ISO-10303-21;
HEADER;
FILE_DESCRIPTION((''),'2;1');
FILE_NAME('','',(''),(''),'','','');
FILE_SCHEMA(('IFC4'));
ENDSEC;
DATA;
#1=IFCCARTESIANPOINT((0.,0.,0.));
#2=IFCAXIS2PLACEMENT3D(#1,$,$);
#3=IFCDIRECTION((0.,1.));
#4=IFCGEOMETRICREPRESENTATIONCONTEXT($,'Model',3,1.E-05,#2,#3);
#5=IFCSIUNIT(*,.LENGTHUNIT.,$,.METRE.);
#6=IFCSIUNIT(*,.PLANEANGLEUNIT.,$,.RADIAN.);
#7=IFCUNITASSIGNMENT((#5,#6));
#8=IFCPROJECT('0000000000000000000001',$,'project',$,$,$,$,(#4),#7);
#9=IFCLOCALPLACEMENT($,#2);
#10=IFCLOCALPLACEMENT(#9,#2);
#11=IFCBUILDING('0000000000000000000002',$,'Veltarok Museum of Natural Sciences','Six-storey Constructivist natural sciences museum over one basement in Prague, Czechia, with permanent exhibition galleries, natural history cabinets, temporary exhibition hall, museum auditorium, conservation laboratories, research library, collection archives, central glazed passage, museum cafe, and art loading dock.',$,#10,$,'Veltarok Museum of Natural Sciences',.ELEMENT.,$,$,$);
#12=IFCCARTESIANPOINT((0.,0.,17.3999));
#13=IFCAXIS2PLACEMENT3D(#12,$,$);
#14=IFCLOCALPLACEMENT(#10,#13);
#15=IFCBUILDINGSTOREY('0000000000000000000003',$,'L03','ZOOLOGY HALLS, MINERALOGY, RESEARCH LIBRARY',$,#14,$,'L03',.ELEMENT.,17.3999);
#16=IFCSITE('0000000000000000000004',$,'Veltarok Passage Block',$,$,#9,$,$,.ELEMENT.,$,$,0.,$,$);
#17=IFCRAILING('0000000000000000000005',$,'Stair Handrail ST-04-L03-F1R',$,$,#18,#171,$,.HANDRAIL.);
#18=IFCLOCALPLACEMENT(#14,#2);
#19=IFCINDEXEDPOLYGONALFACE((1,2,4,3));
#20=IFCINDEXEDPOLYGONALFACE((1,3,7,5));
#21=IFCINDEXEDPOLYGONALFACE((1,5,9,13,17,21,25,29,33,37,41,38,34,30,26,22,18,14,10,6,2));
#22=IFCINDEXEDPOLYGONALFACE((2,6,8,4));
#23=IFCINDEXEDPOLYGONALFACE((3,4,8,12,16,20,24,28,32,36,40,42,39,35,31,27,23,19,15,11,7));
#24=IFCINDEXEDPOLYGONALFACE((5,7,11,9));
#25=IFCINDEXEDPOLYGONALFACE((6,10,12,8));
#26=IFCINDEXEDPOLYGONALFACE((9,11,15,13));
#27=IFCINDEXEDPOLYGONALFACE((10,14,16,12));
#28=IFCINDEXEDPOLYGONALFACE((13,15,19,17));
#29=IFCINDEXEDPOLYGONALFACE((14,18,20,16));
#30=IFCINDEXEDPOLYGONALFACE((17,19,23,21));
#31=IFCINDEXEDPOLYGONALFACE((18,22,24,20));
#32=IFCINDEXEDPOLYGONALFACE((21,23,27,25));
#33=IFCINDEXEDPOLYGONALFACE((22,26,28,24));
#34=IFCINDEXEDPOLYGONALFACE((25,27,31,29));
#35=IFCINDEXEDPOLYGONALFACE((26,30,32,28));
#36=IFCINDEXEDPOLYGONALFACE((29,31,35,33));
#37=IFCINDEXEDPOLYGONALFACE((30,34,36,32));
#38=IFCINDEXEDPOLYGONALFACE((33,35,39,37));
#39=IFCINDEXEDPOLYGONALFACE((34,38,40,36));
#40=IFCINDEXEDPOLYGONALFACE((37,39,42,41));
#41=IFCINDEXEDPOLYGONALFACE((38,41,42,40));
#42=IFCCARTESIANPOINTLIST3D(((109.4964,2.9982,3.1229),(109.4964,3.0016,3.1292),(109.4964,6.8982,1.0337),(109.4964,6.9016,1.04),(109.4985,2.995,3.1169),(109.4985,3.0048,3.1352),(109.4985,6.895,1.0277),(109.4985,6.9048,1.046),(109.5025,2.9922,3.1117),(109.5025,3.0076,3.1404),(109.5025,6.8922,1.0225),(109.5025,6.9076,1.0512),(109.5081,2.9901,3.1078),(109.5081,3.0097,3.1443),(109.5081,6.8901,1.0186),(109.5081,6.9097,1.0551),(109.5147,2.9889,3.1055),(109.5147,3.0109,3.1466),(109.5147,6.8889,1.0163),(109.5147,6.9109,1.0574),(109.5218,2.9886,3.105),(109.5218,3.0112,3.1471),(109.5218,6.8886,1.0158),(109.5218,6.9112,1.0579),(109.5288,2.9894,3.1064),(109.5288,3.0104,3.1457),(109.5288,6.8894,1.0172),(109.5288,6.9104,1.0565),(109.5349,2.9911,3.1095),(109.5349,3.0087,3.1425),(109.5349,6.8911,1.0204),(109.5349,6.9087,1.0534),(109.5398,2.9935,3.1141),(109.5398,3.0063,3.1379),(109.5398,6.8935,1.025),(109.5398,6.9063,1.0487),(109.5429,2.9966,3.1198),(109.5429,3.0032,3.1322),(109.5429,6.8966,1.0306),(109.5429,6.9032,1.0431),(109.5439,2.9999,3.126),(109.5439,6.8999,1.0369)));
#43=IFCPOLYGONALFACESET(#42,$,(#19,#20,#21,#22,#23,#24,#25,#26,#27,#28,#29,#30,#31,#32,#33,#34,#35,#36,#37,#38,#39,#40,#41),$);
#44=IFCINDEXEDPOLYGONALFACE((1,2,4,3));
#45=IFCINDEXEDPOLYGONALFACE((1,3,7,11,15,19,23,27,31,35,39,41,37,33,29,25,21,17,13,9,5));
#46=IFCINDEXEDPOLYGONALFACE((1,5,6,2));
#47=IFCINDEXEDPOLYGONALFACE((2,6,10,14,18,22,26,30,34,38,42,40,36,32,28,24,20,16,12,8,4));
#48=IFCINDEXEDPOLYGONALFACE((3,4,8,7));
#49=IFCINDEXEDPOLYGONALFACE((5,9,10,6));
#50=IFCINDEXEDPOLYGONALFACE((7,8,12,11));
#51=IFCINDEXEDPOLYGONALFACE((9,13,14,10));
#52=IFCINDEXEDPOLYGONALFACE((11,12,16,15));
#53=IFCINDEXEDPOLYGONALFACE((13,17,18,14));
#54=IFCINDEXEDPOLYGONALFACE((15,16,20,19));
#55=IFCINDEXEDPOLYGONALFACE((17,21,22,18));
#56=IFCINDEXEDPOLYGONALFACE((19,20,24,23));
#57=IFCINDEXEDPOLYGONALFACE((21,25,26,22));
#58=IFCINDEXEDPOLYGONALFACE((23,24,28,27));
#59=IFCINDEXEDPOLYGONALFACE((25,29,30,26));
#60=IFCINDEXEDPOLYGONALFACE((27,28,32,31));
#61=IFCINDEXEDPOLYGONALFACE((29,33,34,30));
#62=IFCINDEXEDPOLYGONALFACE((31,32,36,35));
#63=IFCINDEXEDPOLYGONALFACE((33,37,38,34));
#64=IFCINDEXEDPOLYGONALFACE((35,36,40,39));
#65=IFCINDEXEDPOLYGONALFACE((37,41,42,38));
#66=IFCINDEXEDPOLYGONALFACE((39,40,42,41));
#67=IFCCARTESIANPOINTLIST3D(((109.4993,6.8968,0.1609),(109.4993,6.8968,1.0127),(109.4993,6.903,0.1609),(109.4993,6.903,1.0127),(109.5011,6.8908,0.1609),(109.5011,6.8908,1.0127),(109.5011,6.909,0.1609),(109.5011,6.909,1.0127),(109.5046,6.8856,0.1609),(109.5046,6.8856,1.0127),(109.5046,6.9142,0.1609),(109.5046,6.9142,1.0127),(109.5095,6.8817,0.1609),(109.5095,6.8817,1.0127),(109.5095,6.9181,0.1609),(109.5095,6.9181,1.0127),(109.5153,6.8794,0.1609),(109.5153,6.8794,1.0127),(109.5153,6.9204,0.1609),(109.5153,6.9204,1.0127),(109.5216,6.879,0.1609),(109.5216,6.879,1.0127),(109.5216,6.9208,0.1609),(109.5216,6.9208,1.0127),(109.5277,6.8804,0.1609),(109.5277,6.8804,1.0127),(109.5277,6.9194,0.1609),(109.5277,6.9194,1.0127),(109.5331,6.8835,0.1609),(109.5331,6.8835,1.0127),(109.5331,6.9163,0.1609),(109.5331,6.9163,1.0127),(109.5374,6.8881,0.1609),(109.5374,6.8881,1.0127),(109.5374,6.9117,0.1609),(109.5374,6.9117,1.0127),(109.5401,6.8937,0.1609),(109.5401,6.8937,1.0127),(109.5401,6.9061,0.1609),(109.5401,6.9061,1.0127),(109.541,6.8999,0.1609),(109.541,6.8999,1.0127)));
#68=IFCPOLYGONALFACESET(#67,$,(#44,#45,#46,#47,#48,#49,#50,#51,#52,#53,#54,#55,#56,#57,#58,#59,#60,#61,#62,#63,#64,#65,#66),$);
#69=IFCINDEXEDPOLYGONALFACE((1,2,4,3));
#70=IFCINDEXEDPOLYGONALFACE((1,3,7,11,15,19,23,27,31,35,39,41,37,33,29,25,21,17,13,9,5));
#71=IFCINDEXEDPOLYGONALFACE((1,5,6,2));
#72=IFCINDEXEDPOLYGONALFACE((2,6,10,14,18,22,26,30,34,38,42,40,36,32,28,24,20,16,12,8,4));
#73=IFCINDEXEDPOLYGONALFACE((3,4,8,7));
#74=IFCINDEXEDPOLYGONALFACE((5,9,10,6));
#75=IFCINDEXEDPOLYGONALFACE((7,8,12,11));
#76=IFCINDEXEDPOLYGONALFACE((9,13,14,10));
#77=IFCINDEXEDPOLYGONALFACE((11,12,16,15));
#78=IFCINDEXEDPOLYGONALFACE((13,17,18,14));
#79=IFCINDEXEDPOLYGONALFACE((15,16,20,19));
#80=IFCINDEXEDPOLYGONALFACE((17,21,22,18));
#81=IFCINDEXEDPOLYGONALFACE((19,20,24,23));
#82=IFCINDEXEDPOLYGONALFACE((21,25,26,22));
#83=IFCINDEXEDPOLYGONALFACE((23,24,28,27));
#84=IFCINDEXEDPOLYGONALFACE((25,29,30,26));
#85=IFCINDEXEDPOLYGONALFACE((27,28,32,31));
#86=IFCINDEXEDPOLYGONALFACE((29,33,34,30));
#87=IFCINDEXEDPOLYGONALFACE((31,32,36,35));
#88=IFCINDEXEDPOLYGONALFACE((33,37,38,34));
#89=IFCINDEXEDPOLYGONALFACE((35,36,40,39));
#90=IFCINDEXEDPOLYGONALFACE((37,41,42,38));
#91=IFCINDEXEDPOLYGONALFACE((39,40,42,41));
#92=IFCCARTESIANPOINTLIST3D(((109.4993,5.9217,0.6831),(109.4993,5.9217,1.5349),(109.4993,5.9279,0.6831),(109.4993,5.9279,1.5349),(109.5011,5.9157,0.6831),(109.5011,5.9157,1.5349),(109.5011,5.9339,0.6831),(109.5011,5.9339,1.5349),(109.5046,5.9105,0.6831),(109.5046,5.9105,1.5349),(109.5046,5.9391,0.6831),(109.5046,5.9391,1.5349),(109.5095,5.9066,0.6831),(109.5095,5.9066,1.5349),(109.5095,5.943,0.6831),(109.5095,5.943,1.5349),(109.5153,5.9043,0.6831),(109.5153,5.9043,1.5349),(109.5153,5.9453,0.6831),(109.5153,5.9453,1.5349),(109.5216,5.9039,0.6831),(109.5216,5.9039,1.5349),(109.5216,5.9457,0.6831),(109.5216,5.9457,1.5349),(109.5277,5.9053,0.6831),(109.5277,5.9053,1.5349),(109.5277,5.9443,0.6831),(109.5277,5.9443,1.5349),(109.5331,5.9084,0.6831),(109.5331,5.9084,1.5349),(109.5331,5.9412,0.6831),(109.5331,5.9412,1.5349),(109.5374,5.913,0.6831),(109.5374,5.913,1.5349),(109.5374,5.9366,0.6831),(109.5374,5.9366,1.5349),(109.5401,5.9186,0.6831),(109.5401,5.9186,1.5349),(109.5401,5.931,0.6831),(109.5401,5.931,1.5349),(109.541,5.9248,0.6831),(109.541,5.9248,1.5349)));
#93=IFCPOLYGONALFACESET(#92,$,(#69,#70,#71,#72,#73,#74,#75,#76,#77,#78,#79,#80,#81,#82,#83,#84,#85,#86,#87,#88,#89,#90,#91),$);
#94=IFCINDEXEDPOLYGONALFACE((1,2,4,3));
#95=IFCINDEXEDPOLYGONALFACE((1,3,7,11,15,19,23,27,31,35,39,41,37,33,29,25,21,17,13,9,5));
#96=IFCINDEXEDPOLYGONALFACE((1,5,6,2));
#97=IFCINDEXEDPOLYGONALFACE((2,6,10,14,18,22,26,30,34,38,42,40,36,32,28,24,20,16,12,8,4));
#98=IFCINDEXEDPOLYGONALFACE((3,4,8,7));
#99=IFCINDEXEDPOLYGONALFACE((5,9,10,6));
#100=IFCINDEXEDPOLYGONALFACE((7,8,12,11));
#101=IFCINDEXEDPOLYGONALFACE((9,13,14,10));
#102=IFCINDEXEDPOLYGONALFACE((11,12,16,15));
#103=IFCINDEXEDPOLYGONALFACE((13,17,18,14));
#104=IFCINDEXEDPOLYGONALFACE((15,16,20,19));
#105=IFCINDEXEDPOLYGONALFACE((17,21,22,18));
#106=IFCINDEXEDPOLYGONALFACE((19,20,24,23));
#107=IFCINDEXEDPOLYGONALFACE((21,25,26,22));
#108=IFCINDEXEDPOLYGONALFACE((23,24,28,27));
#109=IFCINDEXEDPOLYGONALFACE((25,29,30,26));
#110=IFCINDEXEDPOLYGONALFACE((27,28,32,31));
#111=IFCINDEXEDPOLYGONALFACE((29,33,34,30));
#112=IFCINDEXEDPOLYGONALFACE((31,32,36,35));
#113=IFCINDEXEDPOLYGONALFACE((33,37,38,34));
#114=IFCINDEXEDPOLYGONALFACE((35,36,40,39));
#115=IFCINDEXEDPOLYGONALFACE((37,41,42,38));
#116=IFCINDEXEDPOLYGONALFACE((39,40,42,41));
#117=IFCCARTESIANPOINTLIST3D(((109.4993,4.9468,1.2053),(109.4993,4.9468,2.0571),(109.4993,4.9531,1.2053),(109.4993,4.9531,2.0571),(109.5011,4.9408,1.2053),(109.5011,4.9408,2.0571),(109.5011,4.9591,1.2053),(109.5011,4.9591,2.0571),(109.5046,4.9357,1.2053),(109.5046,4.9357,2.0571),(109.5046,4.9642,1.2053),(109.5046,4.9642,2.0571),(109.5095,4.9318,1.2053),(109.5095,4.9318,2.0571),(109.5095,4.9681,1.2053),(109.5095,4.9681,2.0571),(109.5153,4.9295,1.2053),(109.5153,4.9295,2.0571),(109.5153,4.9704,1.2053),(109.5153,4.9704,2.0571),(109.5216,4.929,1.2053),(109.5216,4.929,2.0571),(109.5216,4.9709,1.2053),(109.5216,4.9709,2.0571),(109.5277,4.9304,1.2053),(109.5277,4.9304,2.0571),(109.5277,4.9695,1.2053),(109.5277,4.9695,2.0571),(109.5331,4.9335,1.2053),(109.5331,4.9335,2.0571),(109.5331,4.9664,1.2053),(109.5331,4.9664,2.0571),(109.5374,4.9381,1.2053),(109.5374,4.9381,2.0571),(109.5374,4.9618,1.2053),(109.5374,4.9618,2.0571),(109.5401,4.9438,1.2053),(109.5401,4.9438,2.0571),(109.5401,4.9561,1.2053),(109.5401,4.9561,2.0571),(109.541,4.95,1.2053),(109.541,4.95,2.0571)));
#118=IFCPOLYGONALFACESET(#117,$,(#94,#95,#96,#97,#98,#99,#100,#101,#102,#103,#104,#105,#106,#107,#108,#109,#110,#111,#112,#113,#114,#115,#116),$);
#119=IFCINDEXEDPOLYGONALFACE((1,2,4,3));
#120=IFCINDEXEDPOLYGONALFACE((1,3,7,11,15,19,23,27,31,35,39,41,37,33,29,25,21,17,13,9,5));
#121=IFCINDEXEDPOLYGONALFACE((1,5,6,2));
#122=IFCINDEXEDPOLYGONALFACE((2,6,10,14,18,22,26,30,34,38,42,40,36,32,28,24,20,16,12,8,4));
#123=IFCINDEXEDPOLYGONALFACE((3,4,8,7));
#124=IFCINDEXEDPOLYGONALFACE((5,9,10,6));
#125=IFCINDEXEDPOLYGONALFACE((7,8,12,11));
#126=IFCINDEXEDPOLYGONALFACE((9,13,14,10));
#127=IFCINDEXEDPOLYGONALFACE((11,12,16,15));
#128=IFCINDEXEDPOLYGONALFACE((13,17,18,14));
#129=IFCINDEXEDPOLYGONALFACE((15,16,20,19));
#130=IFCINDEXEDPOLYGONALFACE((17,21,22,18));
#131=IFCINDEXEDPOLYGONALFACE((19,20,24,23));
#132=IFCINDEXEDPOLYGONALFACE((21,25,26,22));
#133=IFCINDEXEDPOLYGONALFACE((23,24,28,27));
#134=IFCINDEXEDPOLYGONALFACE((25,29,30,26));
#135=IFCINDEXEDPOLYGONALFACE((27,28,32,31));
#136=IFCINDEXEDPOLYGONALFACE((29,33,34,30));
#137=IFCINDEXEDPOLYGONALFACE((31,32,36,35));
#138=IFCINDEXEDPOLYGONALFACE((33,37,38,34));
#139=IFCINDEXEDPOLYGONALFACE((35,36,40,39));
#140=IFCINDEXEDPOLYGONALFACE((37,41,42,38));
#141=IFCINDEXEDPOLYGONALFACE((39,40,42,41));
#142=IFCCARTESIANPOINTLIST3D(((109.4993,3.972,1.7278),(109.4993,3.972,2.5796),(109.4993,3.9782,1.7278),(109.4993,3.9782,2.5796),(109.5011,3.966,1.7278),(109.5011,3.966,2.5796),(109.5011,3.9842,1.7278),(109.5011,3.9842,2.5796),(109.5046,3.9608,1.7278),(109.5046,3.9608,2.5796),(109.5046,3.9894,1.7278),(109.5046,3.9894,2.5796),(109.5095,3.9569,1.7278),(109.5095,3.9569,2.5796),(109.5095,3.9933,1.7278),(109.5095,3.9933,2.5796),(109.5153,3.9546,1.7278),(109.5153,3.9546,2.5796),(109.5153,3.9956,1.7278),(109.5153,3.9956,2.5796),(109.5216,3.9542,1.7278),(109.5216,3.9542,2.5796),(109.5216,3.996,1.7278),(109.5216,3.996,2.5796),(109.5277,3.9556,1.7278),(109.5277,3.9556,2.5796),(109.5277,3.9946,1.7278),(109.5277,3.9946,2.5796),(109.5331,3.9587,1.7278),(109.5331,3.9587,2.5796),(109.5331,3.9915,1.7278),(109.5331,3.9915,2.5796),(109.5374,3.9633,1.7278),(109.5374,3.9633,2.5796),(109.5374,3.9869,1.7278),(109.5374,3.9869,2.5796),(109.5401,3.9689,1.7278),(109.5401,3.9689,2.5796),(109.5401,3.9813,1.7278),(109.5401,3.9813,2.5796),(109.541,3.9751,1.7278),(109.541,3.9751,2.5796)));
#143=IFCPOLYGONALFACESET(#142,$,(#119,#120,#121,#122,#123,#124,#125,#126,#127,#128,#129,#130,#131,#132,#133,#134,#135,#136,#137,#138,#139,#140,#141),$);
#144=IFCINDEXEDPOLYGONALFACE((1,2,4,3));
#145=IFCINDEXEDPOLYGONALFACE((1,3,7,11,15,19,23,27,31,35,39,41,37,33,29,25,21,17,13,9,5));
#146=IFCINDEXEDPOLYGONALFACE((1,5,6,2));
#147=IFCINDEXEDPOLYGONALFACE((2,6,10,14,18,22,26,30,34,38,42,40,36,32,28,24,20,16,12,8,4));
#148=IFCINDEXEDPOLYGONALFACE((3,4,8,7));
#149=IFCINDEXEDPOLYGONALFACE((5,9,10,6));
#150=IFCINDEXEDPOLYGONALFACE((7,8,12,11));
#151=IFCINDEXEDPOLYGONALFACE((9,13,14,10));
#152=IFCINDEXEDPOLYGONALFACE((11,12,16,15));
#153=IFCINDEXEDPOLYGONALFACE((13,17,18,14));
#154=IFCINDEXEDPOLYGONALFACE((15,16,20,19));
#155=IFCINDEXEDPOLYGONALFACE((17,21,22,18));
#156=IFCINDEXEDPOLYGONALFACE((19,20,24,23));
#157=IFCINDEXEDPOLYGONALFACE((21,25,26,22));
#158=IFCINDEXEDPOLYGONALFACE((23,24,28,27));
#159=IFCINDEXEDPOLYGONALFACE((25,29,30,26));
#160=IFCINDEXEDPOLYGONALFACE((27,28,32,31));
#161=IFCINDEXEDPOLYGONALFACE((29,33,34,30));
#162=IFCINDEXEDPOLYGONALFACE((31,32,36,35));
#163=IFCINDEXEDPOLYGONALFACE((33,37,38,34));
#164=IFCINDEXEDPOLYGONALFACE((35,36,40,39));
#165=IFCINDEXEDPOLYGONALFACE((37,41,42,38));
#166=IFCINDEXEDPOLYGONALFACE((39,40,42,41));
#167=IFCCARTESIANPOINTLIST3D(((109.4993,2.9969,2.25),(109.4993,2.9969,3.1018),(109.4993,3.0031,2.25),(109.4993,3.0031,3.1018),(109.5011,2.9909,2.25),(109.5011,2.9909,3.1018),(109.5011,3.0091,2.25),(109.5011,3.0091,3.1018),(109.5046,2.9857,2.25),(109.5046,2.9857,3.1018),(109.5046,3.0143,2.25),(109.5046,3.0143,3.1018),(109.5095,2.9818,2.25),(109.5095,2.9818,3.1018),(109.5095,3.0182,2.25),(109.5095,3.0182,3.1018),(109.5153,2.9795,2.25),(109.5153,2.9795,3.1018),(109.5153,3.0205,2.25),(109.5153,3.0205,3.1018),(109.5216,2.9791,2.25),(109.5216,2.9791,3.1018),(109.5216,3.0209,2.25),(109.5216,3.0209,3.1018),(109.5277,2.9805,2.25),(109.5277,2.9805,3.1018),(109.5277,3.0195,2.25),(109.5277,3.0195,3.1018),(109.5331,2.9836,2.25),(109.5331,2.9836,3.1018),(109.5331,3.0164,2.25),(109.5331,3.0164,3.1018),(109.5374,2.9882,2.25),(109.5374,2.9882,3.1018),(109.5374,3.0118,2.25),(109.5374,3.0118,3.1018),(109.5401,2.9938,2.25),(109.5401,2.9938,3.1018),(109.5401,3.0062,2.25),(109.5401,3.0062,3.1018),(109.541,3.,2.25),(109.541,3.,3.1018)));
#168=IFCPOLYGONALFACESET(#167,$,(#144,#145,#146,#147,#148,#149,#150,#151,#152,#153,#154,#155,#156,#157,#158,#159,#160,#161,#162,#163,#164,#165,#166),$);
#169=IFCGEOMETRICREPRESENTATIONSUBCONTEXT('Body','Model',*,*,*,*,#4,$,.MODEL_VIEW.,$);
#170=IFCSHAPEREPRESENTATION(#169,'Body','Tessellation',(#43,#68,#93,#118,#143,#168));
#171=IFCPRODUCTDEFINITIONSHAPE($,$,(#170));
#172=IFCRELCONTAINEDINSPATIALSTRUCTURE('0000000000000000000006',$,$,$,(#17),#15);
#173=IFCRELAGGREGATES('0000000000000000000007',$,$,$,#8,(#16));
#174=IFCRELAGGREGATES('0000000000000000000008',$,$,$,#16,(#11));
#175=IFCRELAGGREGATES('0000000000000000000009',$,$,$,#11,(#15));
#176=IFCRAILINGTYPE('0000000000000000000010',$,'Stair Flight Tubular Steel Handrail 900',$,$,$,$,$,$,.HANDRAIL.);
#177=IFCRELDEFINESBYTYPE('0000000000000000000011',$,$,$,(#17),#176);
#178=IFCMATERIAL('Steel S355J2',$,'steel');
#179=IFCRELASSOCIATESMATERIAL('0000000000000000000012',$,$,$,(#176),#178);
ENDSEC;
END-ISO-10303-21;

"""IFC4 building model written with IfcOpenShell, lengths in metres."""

from ifc_helpers import new_model, si_unit, direction, frame, origin, origin_2d, place, context, subcontext, project, spatial, circle, extrude, material, type_object, element, save


model = new_model("IFC4")

# Units and contexts
model_context = context("Model", 3, precision=1e-05, world=origin(), true_north=direction((0.0, 1.0)))
body_context = subcontext(model_context, "Body", "Model", "MODEL_VIEW")
ifc_project = project(units=[si_unit("LENGTHUNIT", "METRE"), si_unit("PLANEANGLEUNIT", "RADIAN")], contexts=[model_context])

# Site, building, storey
site_placement = place(None, origin())
site = spatial("IfcSite", under=ifc_project, at=site_placement, Name="Veltarok Passage Block", CompositionType="ELEMENT", RefElevation=0.0)
building_placement = place(site_placement, origin())
building = spatial("IfcBuilding", under=site, at=building_placement, Name="Veltarok Museum of Natural Sciences", Description="Six-storey Constructivist natural sciences museum over one basement in Prague, Czechia, with permanent exhibition galleries, natural history cabinets, temporary exhibition hall, museum auditorium, conservation laboratories, research library, collection archives, central glazed passage, museum cafe, and art loading dock.", LongName="Veltarok Museum of Natural Sciences", CompositionType="ELEMENT")
storey_placement = place(building_placement, frame((0.0, 0.0, 17.3999)))
storey = spatial("IfcBuildingStorey", under=building, at=storey_placement, Name="L03", Description="ZOOLOGY HALLS, MINERALOGY, RESEARCH LIBRARY", LongName="L03", CompositionType="ELEMENT", Elevation=17.3999)

# Shared definitions
ifc_material_1 = material(Name="Steel S355J2", Category="steel")

# Railing
railing_type_1 = type_object("IfcRailingType", Name="Stair Flight Tubular Steel Handrail 900", PredefinedType="HANDRAIL", material=ifc_material_1)
for number, where, name in (
    (1, (109.52, 6.8999, 0.1609), "Stair Handrail ST-04-L03-F1R"),
):
    element("IfcRailing", number, at=place(storey_placement, frame(where)), inside=storey, type_object=railing_type_1, Name=name, PredefinedType="HANDRAIL", context=body_context, shape_type="SweptSolid", body=[
        extrude(circle(Radius=0.0239, at=origin_2d()), frame((0.0, 0.0, 0.876), z_axis=(0.0, -0.881491, 0.4722), x_axis=(1.0, 0.0, 0.0)), (0.0, 0.0, 1.0), 4.4243),
        extrude(circle(Radius=0.021, at=origin_2d()), origin(), (0.0, 0.0, 1.0), 0.8518),
        extrude(circle(Radius=0.021, at=origin_2d()), frame((0.0, -0.9751, 0.5222)), (0.0, 0.0, 1.0), 0.8518),
        extrude(circle(Radius=0.021, at=origin_2d()), frame((0.0, -1.95, 1.0444)), (0.0, 0.0, 1.0), 0.8518),
        extrude(circle(Radius=0.021, at=origin_2d()), frame((0.0, -2.9248, 1.5669)), (0.0, 0.0, 1.0), 0.8518),
        extrude(circle(Radius=0.021, at=origin_2d()), frame((0.0, -3.8999, 2.0891)), (0.0, 0.0, 1.0), 0.8518),
    ])

save(model, "model.ifc")
